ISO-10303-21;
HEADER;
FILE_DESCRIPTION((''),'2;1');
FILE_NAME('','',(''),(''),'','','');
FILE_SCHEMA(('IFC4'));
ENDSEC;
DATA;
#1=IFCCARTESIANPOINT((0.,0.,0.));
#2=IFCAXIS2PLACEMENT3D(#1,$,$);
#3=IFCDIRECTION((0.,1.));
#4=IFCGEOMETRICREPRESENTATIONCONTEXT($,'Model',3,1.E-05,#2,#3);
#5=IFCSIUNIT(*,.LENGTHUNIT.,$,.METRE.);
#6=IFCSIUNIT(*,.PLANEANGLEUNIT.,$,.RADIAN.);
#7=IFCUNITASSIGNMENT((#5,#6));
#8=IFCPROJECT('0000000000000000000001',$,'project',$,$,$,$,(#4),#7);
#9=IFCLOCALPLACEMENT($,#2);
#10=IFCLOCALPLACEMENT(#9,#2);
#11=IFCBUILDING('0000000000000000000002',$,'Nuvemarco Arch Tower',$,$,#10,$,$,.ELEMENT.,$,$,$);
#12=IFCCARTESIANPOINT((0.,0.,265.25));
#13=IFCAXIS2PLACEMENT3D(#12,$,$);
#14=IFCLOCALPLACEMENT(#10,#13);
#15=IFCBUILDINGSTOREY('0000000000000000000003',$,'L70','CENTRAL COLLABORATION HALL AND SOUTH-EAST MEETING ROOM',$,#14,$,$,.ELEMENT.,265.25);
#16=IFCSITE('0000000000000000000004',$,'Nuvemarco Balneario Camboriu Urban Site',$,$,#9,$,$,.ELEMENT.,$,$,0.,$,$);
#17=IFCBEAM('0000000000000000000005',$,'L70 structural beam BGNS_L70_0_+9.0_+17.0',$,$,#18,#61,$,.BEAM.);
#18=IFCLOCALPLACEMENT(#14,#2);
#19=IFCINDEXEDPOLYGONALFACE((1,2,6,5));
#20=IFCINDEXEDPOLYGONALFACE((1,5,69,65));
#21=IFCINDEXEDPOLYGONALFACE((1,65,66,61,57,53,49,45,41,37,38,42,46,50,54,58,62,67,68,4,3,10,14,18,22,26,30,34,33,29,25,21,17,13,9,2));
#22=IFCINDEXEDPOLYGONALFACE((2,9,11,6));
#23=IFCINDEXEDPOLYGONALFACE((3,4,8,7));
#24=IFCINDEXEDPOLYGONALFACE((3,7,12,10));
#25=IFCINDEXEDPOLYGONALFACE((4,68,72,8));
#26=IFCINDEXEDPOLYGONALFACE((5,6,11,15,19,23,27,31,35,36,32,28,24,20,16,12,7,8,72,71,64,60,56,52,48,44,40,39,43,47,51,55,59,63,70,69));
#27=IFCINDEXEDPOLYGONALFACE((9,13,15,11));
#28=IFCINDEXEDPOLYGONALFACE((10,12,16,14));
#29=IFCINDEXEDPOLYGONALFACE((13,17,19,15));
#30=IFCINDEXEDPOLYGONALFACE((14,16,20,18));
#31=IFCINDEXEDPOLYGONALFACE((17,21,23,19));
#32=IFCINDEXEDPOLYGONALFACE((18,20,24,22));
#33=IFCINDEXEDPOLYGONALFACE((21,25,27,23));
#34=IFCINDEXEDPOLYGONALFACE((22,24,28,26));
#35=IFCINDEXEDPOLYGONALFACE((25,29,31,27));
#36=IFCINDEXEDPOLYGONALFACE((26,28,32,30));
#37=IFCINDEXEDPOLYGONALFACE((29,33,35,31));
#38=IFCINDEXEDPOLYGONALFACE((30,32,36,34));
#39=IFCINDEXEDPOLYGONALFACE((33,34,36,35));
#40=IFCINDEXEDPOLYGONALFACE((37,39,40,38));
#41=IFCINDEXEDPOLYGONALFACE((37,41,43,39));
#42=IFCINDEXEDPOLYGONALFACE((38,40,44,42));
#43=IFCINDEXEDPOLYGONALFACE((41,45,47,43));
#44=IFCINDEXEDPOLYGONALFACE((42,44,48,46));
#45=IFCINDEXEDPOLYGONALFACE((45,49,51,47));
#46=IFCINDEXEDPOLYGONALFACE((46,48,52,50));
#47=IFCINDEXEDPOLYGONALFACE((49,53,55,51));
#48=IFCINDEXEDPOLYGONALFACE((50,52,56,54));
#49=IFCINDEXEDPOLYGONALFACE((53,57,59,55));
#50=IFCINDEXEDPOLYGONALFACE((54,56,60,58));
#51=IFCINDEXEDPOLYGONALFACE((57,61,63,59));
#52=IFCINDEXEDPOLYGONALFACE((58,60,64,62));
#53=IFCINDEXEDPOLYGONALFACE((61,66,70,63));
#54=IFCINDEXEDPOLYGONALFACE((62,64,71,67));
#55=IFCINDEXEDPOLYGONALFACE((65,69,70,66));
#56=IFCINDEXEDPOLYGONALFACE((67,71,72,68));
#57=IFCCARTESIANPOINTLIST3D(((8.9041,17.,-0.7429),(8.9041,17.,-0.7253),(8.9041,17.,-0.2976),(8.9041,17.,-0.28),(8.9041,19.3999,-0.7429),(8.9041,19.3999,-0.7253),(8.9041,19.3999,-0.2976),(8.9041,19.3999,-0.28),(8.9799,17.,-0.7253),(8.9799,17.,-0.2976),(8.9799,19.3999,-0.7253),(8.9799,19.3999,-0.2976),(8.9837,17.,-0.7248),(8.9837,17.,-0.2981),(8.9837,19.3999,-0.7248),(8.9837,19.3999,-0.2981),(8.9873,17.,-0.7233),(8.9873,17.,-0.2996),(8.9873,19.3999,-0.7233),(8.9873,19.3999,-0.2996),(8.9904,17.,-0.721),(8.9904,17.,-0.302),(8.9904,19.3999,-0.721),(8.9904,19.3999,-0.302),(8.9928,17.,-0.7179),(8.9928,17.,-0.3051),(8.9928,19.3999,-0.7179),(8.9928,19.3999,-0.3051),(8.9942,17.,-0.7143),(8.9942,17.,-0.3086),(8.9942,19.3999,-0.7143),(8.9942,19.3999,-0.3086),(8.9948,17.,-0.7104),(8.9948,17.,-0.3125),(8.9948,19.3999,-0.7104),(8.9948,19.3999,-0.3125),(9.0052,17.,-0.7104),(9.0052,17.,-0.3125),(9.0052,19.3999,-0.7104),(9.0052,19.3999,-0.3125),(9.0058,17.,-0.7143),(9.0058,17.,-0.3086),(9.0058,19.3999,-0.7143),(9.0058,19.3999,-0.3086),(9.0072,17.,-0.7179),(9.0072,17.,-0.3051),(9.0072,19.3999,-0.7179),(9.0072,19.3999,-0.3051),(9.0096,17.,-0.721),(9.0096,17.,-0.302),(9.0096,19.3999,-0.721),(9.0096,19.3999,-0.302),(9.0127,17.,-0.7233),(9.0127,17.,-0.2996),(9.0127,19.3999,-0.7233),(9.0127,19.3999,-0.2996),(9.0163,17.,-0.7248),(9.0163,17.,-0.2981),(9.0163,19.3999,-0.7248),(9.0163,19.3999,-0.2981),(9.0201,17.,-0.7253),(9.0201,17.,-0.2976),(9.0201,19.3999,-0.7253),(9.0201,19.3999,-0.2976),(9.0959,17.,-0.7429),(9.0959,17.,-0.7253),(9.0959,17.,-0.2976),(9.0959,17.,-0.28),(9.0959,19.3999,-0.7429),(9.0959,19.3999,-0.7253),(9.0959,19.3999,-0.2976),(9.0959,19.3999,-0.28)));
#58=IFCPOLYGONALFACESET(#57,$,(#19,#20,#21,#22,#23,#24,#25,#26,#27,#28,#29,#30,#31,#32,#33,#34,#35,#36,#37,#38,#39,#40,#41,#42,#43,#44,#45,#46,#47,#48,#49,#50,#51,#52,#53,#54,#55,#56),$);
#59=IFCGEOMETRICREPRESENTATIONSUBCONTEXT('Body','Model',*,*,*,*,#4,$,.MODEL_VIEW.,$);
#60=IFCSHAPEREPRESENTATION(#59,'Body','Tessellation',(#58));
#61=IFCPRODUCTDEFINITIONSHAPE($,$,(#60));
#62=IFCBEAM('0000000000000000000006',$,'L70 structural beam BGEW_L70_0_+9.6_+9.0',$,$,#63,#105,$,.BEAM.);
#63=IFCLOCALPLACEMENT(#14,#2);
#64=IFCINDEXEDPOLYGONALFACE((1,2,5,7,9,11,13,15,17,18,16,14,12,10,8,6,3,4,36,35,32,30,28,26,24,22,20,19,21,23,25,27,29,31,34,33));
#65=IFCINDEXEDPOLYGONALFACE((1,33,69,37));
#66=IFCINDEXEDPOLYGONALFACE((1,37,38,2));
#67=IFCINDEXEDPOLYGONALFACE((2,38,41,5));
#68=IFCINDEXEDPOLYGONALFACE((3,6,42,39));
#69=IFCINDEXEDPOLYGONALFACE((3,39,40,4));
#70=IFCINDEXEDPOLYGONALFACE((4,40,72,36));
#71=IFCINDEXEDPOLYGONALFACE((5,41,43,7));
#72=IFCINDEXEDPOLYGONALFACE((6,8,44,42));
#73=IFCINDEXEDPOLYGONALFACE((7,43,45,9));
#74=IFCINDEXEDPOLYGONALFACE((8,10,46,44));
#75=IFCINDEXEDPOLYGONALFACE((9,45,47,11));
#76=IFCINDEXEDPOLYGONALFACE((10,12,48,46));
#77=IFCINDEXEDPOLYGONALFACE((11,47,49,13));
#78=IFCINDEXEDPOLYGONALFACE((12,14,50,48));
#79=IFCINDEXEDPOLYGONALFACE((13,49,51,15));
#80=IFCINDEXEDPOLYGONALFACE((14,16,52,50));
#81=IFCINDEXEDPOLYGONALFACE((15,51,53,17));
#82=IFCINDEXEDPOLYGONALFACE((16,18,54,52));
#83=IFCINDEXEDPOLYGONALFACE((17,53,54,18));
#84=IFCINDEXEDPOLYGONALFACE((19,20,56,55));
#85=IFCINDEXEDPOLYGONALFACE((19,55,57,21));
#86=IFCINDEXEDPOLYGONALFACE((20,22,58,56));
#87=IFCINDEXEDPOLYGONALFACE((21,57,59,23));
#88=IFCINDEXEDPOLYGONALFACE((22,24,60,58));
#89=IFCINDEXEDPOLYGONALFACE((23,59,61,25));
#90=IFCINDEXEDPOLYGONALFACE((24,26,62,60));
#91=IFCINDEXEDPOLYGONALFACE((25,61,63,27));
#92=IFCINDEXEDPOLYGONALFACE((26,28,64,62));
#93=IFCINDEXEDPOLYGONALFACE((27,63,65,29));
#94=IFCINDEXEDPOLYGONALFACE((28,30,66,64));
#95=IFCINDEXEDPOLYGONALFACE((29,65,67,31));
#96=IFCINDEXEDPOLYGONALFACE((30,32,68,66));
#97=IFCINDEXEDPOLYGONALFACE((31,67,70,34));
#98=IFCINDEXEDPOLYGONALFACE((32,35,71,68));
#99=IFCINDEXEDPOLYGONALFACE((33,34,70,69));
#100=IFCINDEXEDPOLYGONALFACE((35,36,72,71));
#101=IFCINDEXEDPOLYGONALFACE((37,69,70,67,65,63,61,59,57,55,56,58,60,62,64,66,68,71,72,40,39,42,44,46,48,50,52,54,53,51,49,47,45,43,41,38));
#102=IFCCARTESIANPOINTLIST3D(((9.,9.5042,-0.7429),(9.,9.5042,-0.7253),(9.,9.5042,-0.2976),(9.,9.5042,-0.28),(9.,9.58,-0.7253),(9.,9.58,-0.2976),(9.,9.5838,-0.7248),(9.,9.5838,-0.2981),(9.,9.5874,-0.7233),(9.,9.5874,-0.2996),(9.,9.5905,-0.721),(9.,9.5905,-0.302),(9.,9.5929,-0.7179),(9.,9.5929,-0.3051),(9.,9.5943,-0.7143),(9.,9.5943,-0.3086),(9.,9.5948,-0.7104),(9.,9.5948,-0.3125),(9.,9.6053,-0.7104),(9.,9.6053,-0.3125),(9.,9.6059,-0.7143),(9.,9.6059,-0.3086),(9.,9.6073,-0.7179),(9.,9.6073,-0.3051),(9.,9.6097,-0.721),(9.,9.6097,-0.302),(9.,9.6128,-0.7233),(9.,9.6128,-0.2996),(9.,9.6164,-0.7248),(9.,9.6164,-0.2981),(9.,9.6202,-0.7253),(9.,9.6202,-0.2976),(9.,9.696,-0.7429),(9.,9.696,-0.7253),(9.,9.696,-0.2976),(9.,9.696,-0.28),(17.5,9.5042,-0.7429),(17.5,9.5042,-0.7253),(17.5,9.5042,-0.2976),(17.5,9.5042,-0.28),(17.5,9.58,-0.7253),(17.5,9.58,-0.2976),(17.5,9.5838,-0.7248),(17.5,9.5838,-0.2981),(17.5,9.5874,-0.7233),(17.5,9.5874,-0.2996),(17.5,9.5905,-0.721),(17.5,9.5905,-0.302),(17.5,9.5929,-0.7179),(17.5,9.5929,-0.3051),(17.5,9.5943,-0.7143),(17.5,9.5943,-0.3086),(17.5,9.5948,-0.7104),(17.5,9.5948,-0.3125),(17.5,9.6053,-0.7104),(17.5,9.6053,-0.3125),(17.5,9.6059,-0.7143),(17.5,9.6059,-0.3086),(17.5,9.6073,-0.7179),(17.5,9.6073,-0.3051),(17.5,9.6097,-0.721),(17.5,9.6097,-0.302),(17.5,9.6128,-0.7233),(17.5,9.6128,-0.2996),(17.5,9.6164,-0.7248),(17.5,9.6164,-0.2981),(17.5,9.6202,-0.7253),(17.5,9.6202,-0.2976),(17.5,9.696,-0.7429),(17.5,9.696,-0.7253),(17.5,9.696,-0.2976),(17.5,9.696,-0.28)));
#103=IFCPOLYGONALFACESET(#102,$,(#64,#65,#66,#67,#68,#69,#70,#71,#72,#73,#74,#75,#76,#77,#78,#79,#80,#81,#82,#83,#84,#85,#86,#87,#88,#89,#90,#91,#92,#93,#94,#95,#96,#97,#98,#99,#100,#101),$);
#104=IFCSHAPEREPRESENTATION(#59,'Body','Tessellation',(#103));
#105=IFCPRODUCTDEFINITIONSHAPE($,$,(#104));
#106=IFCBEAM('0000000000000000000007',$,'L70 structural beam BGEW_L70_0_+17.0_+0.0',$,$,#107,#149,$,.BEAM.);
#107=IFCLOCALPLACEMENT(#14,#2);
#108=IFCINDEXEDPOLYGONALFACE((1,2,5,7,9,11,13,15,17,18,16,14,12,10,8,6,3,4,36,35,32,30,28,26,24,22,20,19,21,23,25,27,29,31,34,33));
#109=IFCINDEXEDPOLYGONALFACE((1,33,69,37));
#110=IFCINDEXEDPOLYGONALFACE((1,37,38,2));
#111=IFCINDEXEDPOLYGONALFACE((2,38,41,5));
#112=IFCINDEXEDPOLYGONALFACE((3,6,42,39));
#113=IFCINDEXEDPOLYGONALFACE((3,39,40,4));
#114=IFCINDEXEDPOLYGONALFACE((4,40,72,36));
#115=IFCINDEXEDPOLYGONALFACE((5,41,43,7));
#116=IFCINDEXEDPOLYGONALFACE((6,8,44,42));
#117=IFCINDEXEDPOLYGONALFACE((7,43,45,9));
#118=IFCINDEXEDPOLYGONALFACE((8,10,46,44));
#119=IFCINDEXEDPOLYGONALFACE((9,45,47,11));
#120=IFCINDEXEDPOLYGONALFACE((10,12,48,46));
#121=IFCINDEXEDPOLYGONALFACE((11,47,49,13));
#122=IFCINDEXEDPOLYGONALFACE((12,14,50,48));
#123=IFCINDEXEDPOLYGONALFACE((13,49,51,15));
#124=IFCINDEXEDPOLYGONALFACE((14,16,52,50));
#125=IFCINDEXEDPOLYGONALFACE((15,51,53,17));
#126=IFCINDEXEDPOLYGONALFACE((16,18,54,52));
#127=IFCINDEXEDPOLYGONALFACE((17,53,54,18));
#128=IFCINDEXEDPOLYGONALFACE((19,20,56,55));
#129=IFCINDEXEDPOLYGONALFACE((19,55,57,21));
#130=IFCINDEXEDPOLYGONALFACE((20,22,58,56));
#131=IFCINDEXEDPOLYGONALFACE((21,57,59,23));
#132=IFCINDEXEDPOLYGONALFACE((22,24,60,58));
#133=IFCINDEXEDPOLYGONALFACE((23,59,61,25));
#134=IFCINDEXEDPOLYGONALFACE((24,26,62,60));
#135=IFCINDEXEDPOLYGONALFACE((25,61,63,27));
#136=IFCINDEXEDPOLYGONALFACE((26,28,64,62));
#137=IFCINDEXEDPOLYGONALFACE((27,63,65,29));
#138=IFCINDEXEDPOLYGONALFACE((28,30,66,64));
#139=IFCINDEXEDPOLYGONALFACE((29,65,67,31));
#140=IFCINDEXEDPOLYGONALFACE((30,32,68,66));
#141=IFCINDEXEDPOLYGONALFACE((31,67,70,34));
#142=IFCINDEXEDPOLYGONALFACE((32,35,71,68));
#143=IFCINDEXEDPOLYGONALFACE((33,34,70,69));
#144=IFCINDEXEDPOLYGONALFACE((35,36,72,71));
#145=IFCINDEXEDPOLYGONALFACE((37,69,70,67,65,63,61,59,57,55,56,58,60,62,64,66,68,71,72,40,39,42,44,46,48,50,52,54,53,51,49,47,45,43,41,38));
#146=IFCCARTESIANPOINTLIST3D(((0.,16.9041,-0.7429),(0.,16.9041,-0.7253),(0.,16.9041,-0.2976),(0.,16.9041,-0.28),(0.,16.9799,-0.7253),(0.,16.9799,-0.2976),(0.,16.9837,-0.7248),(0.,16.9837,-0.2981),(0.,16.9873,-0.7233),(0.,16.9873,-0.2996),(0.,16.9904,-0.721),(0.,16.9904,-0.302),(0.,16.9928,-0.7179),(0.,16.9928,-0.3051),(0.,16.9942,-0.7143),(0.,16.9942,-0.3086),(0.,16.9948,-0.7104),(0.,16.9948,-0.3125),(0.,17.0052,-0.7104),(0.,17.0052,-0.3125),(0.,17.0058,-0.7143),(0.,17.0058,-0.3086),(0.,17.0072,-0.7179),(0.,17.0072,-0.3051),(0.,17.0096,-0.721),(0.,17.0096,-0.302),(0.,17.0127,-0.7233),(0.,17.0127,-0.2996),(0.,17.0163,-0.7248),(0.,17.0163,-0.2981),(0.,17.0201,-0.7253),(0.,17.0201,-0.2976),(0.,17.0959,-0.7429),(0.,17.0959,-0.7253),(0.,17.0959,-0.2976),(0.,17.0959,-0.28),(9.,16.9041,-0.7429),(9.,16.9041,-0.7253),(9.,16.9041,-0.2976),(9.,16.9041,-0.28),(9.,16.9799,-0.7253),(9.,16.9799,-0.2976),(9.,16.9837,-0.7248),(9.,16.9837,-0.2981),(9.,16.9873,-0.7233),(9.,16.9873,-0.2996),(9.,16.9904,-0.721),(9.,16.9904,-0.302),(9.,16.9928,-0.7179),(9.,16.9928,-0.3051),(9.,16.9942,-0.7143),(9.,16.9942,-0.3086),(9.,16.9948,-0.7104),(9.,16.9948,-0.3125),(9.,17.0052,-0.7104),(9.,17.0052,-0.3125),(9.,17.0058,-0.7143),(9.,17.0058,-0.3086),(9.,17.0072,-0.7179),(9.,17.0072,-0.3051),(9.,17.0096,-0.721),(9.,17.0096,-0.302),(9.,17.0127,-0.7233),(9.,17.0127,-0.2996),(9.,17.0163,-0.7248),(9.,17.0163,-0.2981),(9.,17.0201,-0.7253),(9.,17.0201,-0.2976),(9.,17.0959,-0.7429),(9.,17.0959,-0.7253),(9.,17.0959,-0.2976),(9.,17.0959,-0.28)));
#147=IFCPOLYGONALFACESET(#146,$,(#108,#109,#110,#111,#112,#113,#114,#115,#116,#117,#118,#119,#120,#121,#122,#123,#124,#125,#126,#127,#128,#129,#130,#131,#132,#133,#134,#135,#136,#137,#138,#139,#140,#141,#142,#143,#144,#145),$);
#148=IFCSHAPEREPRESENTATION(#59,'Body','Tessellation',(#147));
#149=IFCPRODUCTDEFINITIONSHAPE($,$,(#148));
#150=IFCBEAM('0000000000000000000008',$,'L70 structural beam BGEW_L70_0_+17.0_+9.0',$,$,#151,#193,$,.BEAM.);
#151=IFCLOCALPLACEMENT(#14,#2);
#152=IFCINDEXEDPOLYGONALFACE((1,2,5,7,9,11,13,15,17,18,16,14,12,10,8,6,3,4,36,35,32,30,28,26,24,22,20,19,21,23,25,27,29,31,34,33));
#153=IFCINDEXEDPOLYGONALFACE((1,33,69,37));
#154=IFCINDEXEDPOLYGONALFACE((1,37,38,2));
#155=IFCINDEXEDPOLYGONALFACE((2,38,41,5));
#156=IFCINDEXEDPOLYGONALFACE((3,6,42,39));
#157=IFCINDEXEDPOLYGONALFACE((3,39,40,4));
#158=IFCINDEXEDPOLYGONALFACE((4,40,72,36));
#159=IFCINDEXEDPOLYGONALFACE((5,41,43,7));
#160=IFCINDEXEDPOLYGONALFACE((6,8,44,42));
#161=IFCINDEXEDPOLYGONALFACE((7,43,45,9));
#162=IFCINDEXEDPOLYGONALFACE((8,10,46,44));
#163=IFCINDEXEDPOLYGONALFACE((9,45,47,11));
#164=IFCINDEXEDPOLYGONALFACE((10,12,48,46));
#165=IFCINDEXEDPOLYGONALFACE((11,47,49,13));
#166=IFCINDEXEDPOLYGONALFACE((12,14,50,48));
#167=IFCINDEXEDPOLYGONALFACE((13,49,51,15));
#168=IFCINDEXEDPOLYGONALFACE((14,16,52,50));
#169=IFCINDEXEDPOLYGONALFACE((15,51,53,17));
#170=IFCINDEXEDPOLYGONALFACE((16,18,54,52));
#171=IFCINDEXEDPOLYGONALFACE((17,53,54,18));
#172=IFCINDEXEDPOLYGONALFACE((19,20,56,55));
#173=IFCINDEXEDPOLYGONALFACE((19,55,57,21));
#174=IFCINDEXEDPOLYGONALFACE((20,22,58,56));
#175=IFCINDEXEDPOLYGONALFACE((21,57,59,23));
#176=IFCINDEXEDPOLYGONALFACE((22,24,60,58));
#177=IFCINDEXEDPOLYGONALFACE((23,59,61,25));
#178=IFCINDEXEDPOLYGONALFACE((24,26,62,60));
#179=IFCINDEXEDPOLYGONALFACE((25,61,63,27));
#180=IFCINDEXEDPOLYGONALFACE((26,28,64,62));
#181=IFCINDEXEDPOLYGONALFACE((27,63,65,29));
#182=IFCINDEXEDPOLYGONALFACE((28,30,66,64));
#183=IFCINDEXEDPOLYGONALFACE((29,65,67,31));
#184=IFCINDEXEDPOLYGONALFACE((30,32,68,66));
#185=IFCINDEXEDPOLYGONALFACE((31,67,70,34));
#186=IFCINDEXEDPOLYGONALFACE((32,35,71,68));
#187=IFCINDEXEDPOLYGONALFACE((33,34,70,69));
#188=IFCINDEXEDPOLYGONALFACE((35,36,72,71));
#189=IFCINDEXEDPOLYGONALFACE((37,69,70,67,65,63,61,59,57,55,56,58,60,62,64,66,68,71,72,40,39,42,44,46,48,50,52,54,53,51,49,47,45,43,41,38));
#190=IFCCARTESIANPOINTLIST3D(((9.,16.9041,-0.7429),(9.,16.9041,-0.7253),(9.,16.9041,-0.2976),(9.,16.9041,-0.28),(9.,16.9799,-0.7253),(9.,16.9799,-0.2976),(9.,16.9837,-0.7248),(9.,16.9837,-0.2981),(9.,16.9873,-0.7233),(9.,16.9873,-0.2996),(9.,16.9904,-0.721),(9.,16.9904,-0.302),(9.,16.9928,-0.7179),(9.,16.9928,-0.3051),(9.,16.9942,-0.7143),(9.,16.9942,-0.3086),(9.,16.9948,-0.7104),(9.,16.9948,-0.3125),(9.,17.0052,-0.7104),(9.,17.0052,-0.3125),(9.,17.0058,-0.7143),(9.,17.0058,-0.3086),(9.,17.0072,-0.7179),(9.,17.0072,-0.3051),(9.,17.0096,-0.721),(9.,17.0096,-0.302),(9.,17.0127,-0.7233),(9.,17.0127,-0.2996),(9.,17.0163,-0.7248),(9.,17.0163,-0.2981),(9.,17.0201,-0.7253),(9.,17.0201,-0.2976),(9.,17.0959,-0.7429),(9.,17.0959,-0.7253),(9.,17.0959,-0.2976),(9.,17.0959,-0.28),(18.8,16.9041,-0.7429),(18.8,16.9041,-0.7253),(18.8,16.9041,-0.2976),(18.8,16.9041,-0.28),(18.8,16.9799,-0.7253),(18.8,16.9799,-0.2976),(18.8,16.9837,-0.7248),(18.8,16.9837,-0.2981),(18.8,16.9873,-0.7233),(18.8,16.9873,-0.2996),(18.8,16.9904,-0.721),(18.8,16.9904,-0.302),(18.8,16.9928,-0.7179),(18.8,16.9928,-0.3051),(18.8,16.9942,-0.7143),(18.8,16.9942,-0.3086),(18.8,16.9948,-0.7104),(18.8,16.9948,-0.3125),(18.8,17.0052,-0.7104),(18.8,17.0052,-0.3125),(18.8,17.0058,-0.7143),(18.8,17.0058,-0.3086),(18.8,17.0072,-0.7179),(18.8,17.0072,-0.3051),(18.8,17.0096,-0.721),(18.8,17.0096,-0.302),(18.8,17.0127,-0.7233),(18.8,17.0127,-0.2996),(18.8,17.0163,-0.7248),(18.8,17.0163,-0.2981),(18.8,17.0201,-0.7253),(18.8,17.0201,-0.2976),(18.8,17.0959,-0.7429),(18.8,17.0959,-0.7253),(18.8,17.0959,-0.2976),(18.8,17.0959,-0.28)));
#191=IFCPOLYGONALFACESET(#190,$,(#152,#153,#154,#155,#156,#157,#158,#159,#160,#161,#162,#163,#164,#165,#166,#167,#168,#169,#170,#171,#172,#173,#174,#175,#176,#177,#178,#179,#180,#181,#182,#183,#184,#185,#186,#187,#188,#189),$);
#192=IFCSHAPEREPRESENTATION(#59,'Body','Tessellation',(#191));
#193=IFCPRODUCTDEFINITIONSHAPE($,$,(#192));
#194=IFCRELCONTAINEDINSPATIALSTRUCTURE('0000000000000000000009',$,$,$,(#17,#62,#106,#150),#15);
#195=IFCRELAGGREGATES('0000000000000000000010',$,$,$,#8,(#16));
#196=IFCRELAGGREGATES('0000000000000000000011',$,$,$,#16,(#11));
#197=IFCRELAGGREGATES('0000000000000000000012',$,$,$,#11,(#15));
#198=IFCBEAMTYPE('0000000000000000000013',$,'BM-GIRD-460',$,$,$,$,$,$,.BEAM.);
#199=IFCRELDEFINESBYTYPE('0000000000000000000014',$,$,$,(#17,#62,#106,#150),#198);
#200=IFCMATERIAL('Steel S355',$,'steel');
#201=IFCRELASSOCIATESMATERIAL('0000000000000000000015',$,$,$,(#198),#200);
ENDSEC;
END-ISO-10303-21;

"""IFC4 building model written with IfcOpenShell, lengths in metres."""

from ifc_helpers import new_model, si_unit, direction, frame, origin, origin_2d, place, context, subcontext, project, spatial, i_section, extrude, material, material_profile, profile_set, type_object, element, save


model = new_model("IFC4")

# Units and contexts
model_context = context("Model", 3, precision=1e-05, world=origin(), true_north=direction((0.0, 1.0)))
body_context = subcontext(model_context, "Body", "Model", "MODEL_VIEW")
ifc_project = project(units=[si_unit("LENGTHUNIT", "METRE"), si_unit("PLANEANGLEUNIT", "RADIAN")], contexts=[model_context])

# Site, building, storey
site_placement = place(None, origin())
site = spatial("IfcSite", under=ifc_project, at=site_placement, Name="Nuvemarco Balneario Camboriu Urban Site", CompositionType="ELEMENT", RefElevation=0.0)
building_placement = place(site_placement, origin())
building = spatial("IfcBuilding", under=site, at=building_placement, Name="Nuvemarco Arch Tower", CompositionType="ELEMENT")
storey_placement = place(building_placement, frame((0.0, 0.0, 265.25)))
storey = spatial("IfcBuildingStorey", under=building, at=storey_placement, Name="L70", Description="CENTRAL COLLABORATION HALL AND SOUTH-EAST MEETING ROOM", CompositionType="ELEMENT", Elevation=265.25)

# Shared definitions
ifc_material_1 = material(Name="Steel S355", Category="steel")

# Beams
ifc_material_profile_1 = material_profile(ifc_material_1, i_section(OverallWidth=0.1919, OverallDepth=0.4629, WebThickness=0.0105, FlangeThickness=0.0176, FilletRadius=0.0149, at=origin_2d()), Name="W460x89")
ifc_profile_set_1 = profile_set([ifc_material_profile_1], Name="Steel S355")
beam_type_1 = type_object("IfcBeamType", Name="BM-GIRD-460", PredefinedType="BEAM", material=ifc_profile_set_1)
beam_1_placement = place(storey_placement, frame((9.0, 17.0, -0.5115), z_axis=(0.0, 1.0, 0.0), x_axis=(-1.0, 0.0, 0.0)))
element("IfcBeam", 1, at=beam_1_placement, inside=storey, type_object=beam_type_1, Name="L70 structural beam BGNS_L70_0_+9.0_+17.0", PredefinedType="BEAM", context=body_context, shape_type="SweptSolid", body=[
    extrude(i_section(OverallWidth=0.1919, OverallDepth=0.4629, WebThickness=0.0105, FlangeThickness=0.0176, FilletRadius=0.0149, at=origin_2d()), origin(), (0.0, 0.0, 1.0), 2.3999),
])
beam_2_placement = place(storey_placement, frame((9.0, 9.6001, -0.5115), z_axis=(1.0, 0.0, 0.0), x_axis=(0.0, 1.0, 0.0)))
element("IfcBeam", 2, at=beam_2_placement, inside=storey, type_object=beam_type_1, Name="L70 structural beam BGEW_L70_0_+9.6_+9.0", PredefinedType="BEAM", context=body_context, shape_type="SweptSolid", body=[
    extrude(i_section(OverallWidth=0.1919, OverallDepth=0.4629, WebThickness=0.0105, FlangeThickness=0.0176, FilletRadius=0.0149, at=origin_2d()), origin(), (0.0, 0.0, 1.0), 8.5),
])
beam_3_placement = place(storey_placement, frame((0.0, 17.0, -0.5115), z_axis=(1.0, 0.0, 0.0), x_axis=(0.0, 1.0, 0.0)))
element("IfcBeam", 3, at=beam_3_placement, inside=storey, type_object=beam_type_1, Name="L70 structural beam BGEW_L70_0_+17.0_+0.0", PredefinedType="BEAM", context=body_context, shape_type="SweptSolid", body=[
    extrude(i_section(OverallWidth=0.1919, OverallDepth=0.4629, WebThickness=0.0105, FlangeThickness=0.0176, FilletRadius=0.0149, at=origin_2d()), origin(), (0.0, 0.0, 1.0), 9.0),
])
beam_4_placement = place(storey_placement, frame((9.0, 17.0, -0.5115), z_axis=(1.0, 0.0, 0.0), x_axis=(0.0, 1.0, 0.0)))
element("IfcBeam", 4, at=beam_4_placement, inside=storey, type_object=beam_type_1, Name="L70 structural beam BGEW_L70_0_+17.0_+9.0", PredefinedType="BEAM", context=body_context, shape_type="SweptSolid", body=[
    extrude(i_section(OverallWidth=0.1919, OverallDepth=0.4629, WebThickness=0.0105, FlangeThickness=0.0176, FilletRadius=0.0149, at=origin_2d()), origin(), (0.0, 0.0, 1.0), 9.8),
])

save(model, "model.ifc")
